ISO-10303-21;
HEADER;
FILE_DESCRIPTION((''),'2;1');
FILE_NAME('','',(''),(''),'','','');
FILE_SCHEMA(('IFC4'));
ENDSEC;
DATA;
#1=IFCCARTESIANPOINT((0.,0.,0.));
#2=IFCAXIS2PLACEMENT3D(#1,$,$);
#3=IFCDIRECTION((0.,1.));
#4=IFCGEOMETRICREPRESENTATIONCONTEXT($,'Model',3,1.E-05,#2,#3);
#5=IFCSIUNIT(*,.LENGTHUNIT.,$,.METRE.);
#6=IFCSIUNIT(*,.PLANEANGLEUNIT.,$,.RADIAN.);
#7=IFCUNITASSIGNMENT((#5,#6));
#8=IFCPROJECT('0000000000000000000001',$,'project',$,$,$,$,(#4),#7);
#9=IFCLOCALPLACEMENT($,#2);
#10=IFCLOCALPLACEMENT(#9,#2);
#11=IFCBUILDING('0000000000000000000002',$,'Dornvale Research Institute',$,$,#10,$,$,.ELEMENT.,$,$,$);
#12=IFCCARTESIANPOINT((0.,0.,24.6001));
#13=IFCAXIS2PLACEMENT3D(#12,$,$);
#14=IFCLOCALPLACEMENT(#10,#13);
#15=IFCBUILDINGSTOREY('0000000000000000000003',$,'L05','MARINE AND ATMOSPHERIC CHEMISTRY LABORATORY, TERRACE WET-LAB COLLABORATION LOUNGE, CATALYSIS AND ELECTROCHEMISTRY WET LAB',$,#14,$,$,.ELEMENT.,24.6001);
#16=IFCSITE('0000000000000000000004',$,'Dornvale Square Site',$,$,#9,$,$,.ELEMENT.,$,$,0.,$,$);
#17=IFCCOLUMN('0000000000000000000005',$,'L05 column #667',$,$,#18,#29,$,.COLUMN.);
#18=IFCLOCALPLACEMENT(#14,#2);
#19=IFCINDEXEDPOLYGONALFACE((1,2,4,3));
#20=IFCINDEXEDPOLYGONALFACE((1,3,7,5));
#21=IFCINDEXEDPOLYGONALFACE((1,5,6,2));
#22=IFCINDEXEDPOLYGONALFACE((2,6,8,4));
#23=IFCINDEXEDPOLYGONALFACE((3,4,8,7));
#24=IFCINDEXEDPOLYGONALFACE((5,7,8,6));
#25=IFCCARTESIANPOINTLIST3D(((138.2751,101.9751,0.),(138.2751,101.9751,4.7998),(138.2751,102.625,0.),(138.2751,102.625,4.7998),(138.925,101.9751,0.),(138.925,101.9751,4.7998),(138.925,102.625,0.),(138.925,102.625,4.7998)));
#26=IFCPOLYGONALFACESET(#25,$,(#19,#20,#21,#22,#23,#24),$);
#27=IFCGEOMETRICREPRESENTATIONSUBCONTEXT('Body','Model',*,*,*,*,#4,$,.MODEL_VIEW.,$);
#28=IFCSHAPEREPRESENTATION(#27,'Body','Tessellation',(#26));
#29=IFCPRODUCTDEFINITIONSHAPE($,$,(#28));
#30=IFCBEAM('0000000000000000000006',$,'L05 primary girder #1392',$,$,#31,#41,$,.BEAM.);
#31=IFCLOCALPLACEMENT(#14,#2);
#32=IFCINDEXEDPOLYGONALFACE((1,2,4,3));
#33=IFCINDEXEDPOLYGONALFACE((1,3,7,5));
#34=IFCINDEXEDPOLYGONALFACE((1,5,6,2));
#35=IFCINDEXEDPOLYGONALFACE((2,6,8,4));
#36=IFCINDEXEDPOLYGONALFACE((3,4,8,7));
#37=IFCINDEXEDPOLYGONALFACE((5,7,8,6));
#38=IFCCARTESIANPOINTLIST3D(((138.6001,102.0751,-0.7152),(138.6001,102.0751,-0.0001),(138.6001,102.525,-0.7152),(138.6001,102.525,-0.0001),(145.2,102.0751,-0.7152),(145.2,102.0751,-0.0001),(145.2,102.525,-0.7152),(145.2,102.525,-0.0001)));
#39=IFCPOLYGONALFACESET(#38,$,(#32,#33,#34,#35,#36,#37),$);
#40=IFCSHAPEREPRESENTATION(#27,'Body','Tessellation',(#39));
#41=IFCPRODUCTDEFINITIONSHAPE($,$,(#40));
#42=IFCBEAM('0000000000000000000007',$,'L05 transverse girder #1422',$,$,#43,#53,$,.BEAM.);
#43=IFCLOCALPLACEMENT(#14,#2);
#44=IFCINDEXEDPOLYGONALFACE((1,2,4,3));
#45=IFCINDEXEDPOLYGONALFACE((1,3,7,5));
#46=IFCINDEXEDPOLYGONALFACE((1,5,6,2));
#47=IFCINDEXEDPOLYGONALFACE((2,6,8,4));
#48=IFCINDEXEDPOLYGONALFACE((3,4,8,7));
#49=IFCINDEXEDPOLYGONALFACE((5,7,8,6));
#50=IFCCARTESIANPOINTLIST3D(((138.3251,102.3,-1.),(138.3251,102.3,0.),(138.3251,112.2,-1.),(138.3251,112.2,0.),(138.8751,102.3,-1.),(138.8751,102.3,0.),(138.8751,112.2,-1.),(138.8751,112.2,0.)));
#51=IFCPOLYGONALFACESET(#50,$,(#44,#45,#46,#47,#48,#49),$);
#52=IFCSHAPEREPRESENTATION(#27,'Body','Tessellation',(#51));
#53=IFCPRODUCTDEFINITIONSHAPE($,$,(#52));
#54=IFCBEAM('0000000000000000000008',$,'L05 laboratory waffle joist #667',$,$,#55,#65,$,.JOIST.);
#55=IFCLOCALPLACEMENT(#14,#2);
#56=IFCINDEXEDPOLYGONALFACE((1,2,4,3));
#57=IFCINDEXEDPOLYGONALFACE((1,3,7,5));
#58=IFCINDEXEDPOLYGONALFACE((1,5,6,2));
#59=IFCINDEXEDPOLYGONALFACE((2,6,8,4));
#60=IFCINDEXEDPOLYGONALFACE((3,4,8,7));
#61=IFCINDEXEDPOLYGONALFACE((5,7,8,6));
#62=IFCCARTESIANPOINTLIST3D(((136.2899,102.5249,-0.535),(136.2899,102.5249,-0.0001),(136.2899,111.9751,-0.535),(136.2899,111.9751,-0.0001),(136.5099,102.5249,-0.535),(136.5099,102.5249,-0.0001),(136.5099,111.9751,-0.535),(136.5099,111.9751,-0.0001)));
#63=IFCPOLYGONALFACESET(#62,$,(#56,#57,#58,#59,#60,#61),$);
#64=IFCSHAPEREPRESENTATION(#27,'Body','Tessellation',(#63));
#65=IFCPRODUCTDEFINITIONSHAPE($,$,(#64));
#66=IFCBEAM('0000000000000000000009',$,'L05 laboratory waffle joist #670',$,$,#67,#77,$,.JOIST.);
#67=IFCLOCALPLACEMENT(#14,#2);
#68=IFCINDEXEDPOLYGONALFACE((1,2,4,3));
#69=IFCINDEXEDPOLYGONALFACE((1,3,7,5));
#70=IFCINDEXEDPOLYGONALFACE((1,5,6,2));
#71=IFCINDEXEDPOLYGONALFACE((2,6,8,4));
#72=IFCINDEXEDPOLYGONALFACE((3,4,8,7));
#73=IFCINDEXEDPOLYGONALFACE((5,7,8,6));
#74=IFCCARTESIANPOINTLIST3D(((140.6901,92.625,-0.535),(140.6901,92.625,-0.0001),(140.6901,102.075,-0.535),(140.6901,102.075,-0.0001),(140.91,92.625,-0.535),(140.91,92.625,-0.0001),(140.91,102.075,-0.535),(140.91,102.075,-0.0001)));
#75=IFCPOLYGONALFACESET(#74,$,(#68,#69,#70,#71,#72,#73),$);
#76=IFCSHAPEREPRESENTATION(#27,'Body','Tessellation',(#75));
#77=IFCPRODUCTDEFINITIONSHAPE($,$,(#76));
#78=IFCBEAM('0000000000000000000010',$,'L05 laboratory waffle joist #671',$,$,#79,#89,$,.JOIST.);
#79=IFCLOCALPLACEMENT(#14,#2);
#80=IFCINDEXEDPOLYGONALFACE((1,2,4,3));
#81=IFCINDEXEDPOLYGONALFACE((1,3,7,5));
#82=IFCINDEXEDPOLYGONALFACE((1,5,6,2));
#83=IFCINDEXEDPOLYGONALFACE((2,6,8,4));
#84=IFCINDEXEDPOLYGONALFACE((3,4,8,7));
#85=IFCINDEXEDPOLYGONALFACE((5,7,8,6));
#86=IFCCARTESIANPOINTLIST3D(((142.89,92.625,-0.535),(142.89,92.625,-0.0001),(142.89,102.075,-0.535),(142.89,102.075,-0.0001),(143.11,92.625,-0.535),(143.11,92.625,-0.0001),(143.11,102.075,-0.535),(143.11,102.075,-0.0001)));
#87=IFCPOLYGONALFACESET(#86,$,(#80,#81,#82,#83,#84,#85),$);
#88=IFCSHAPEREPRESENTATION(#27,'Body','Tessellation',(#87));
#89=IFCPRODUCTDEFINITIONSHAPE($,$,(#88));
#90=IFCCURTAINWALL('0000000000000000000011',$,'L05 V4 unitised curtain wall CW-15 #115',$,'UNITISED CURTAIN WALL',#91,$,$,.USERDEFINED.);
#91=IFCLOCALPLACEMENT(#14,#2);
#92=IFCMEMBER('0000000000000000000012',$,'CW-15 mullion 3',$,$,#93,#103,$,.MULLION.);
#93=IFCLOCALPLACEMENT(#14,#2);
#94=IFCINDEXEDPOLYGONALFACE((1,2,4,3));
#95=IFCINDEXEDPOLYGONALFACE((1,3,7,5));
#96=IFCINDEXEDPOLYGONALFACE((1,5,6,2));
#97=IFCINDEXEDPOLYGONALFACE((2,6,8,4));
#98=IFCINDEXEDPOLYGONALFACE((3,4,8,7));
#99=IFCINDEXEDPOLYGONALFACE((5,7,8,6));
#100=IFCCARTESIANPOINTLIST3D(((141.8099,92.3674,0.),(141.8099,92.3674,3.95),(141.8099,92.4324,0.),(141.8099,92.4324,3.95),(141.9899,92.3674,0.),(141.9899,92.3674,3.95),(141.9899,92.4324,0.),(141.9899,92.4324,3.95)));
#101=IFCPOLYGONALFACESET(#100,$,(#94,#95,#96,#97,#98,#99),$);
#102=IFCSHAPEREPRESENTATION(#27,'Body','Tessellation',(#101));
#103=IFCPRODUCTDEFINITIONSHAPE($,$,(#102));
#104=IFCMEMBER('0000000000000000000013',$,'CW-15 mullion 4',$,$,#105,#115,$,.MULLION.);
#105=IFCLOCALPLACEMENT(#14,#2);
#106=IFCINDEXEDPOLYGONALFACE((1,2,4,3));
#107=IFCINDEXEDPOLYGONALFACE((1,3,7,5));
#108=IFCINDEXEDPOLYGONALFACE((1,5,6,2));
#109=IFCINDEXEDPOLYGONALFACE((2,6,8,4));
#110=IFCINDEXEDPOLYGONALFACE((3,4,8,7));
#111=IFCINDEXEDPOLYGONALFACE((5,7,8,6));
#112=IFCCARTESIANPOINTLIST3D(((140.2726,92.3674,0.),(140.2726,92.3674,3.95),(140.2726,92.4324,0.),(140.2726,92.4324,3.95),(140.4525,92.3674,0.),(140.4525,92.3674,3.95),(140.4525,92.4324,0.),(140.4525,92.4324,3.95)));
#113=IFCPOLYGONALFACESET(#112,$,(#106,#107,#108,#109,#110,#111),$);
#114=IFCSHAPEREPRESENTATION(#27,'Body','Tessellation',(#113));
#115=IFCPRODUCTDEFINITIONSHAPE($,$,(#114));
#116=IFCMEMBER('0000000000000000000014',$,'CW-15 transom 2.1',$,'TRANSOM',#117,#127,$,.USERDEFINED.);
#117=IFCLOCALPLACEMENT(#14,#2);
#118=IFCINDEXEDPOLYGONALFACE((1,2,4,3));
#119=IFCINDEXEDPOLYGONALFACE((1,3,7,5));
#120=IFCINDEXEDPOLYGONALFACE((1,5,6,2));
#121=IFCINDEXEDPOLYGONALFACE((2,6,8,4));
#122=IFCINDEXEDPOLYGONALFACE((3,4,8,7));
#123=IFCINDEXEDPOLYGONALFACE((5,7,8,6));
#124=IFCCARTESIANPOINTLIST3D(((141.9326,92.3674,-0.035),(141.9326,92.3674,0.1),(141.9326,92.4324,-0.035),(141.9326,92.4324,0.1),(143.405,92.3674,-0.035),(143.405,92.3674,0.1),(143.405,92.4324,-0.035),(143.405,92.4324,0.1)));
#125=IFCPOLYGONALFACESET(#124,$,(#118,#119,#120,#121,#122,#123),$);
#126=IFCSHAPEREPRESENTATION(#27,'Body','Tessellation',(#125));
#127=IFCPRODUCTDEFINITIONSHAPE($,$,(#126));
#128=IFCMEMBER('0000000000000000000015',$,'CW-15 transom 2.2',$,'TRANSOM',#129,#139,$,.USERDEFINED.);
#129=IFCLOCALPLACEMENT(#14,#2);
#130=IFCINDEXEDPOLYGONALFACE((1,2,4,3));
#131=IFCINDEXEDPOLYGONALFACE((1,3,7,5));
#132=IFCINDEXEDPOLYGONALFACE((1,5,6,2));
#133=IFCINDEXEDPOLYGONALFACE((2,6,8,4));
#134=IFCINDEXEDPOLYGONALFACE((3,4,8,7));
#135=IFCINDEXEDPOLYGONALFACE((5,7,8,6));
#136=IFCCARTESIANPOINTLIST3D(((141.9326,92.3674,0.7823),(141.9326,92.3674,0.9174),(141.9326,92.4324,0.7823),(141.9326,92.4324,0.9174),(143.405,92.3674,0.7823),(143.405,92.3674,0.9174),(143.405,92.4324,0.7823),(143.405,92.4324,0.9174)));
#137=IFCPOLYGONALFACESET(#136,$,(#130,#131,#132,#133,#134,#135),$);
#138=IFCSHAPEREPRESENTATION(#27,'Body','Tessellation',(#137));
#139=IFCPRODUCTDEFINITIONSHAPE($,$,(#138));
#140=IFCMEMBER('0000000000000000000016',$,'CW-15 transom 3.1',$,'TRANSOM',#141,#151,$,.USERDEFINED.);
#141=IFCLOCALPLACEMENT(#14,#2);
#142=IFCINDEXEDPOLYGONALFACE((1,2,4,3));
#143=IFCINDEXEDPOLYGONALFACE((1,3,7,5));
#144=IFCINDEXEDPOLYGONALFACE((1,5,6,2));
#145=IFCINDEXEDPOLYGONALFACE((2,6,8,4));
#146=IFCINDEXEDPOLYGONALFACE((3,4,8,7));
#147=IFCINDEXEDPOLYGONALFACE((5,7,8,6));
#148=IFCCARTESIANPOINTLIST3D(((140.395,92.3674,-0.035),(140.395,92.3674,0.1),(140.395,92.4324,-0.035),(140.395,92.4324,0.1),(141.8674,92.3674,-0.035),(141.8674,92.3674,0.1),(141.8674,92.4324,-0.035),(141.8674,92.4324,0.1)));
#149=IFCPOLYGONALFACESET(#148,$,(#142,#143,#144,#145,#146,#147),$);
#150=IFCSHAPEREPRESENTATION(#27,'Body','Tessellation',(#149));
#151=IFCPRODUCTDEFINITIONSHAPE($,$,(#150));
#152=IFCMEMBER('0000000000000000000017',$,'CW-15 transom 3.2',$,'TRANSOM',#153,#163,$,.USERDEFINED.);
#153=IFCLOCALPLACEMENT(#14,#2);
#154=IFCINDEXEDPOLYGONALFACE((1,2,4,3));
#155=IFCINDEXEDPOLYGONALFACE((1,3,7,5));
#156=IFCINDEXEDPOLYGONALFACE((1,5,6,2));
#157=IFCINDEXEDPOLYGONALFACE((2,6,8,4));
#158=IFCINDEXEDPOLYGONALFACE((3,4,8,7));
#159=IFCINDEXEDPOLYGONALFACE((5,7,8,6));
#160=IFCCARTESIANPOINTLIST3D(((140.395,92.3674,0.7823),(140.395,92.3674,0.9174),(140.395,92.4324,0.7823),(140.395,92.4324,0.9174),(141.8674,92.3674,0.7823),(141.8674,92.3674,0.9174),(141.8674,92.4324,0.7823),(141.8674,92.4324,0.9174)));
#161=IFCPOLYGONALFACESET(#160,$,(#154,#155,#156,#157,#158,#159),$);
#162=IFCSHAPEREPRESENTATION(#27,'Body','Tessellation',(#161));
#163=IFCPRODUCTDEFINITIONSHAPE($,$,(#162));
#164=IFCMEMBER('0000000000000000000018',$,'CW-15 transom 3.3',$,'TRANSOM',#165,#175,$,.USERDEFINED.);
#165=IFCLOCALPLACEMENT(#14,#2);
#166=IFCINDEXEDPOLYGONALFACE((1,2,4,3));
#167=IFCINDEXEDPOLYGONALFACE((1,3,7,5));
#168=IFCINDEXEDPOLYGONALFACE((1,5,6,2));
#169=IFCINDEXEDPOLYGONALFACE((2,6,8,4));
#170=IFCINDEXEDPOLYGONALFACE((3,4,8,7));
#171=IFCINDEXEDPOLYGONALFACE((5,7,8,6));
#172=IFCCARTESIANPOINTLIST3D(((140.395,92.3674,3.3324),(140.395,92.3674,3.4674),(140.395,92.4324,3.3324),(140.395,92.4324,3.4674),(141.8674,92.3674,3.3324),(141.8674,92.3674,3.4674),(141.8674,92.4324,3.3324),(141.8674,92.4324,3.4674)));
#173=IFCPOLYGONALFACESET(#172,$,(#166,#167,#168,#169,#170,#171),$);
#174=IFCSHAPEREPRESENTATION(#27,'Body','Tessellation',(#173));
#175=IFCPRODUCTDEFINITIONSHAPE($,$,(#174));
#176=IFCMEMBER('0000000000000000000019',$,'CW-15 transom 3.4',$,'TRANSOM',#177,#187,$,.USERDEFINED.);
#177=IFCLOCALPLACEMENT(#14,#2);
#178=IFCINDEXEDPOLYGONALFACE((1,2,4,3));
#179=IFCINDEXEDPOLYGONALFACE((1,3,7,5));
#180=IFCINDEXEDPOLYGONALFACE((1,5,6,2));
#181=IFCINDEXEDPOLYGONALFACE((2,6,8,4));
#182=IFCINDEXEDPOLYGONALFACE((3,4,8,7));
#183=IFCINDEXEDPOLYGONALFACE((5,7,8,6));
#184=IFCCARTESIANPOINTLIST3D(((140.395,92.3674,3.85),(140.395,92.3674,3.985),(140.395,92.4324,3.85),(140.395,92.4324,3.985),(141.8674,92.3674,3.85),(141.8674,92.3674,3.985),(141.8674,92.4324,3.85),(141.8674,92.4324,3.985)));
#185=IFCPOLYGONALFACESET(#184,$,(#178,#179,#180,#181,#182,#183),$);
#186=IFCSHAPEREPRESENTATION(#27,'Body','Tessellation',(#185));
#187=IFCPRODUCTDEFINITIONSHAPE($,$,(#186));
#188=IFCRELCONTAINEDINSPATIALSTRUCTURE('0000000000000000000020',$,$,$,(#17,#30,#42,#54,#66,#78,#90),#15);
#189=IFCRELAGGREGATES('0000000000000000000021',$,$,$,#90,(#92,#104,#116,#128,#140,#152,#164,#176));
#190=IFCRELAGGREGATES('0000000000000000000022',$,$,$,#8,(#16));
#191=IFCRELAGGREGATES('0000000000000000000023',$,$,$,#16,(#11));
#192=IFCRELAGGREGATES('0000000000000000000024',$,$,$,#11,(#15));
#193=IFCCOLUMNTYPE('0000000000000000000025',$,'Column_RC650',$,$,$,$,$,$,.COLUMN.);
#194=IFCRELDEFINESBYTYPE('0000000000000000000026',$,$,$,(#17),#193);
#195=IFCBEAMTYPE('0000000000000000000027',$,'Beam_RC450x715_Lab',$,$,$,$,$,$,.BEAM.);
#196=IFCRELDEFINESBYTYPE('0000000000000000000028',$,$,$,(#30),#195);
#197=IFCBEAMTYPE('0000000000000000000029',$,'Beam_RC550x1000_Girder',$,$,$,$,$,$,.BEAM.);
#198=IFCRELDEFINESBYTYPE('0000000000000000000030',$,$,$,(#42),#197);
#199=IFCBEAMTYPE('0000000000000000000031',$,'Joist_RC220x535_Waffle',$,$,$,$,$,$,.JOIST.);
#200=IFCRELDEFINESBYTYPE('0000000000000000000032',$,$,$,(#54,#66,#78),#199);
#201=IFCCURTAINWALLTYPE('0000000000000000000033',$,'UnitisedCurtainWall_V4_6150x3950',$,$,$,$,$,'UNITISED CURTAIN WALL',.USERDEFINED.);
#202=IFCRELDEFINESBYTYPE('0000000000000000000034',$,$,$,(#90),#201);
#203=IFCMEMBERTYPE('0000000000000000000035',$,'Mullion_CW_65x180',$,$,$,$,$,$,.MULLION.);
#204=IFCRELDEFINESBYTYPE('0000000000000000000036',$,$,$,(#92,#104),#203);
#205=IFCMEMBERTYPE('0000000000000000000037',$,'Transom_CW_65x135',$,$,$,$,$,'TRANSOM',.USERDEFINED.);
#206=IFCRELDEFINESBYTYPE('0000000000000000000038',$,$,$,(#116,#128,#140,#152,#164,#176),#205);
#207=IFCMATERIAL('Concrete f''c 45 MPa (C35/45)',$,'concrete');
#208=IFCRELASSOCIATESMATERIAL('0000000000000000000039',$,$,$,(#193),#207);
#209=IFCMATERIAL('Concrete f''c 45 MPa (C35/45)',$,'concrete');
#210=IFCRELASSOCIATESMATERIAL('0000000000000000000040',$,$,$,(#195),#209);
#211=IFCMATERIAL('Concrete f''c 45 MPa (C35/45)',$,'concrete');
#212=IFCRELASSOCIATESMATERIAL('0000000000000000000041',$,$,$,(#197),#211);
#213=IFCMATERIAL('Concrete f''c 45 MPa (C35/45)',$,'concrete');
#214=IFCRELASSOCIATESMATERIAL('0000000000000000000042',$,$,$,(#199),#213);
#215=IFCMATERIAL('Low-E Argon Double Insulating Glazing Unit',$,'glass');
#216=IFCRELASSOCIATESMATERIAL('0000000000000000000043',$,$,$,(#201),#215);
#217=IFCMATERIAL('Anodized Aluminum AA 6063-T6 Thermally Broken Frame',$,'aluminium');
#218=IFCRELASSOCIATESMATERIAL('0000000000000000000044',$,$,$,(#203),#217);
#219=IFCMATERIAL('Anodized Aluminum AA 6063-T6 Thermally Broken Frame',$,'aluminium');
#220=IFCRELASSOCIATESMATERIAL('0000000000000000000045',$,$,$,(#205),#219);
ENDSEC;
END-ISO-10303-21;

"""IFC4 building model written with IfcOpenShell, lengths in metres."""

from ifc_helpers import new_model, si_unit, direction, frame, origin, origin_2d, place, context, subcontext, project, spatial, rectangle, extrude, material, material_profile, profile_set, type_object, element, aggregate, save


model = new_model("IFC4")

# Units and contexts
model_context = context("Model", 3, precision=1e-05, world=origin(), true_north=direction((0.0, 1.0)))
body_context = subcontext(model_context, "Body", "Model", "MODEL_VIEW")
ifc_project = project(units=[si_unit("LENGTHUNIT", "METRE"), si_unit("PLANEANGLEUNIT", "RADIAN")], contexts=[model_context])

# Site, building, storey
site_placement = place(None, origin())
site = spatial("IfcSite", under=ifc_project, at=site_placement, Name="Dornvale Square Site", CompositionType="ELEMENT", RefElevation=0.0)
building_placement = place(site_placement, origin())
building = spatial("IfcBuilding", under=site, at=building_placement, Name="Dornvale Research Institute", CompositionType="ELEMENT")
storey_placement = place(building_placement, frame((0.0, 0.0, 24.6001)))
storey = spatial("IfcBuildingStorey", under=building, at=storey_placement, Name="L05", Description="MARINE AND ATMOSPHERIC CHEMISTRY LABORATORY, TERRACE WET-LAB COLLABORATION LOUNGE, CATALYSIS AND ELECTROCHEMISTRY WET LAB", CompositionType="ELEMENT", Elevation=24.6001)

# Column
ifc_material_1 = material(Name="Concrete f'c 45 MPa (C35/45)", Category="concrete")
ifc_material_profile_1 = material_profile(ifc_material_1, rectangle(XDim=0.6499, YDim=0.6499, at=origin_2d()), Name="RC 650x650")
ifc_profile_set_1 = profile_set([ifc_material_profile_1], Name="Concrete f'c 45 MPa (C35/45)")
column_type = type_object("IfcColumnType", Name="Column_RC650", PredefinedType="COLUMN", material=ifc_profile_set_1)
column_placement = place(storey_placement, frame((138.6001, 102.3, 0.0), z_axis=(0.0, 0.0, 1.0), x_axis=(1.0, 0.0, 0.0)))
element("IfcColumn", 1, at=column_placement, inside=storey, type_object=column_type, Name="L05 column #667", PredefinedType="COLUMN", context=body_context, shape_type="SweptSolid", body=[
    extrude(rectangle(XDim=0.6499, YDim=0.6499, at=origin_2d()), origin(), (0.0, 0.0, 1.0), 4.7998),
])

# Beams
ifc_material_2 = material(Name="Concrete f'c 45 MPa (C35/45)", Category="concrete")
ifc_material_profile_2 = material_profile(ifc_material_2, rectangle(XDim=0.45, YDim=0.7151, at=origin_2d()), Name="RC 450x715")
ifc_profile_set_2 = profile_set([ifc_material_profile_2], Name="Concrete f'c 45 MPa (C35/45)")
beam_type_1 = type_object("IfcBeamType", Name="Beam_RC450x715_Lab", PredefinedType="BEAM", material=ifc_profile_set_2)
beam_1_placement = place(storey_placement, frame((138.6001, 102.3, -0.3577), z_axis=(1.0, 0.0, 0.0), x_axis=(0.0, 1.0, 0.0)))
element("IfcBeam", 2, at=beam_1_placement, inside=storey, type_object=beam_type_1, Name="L05 primary girder #1392", PredefinedType="BEAM", context=body_context, shape_type="SweptSolid", body=[
    extrude(rectangle(XDim=0.45, YDim=0.7151, at=origin_2d()), origin(), (0.0, 0.0, 1.0), 6.5999),
])
ifc_material_3 = material(Name="Concrete f'c 45 MPa (C35/45)", Category="concrete")
ifc_material_profile_3 = material_profile(ifc_material_3, rectangle(XDim=0.55, YDim=1.0, at=origin_2d()), Name="RC 550x1000")
ifc_profile_set_3 = profile_set([ifc_material_profile_3], Name="Concrete f'c 45 MPa (C35/45)")
beam_type_2 = type_object("IfcBeamType", Name="Beam_RC550x1000_Girder", PredefinedType="BEAM", material=ifc_profile_set_3)
beam_2_placement = place(storey_placement, frame((138.6001, 102.3, -0.5), z_axis=(0.0, 1.0, 0.0), x_axis=(-1.0, 0.0, 0.0)))
element("IfcBeam", 3, at=beam_2_placement, inside=storey, type_object=beam_type_2, Name="L05 transverse girder #1422", PredefinedType="BEAM", context=body_context, shape_type="SweptSolid", body=[
    extrude(rectangle(XDim=0.55, YDim=1.0, at=origin_2d()), origin(), (0.0, 0.0, 1.0), 9.8999),
])
ifc_material_4 = material(Name="Concrete f'c 45 MPa (C35/45)", Category="concrete")
ifc_material_profile_4 = material_profile(ifc_material_4, rectangle(XDim=0.22, YDim=0.5349, at=origin_2d()), Name="RC 220x535")
ifc_profile_set_4 = profile_set([ifc_material_profile_4], Name="Concrete f'c 45 MPa (C35/45)")
beam_type_3 = type_object("IfcBeamType", Name="Joist_RC220x535_Waffle", PredefinedType="JOIST", material=ifc_profile_set_4)
beam_3_placement = place(storey_placement, frame((136.3999, 102.5249, -0.2676), z_axis=(0.0, 1.0, 0.0), x_axis=(-1.0, 0.0, 0.0)))
element("IfcBeam", 4, at=beam_3_placement, inside=storey, type_object=beam_type_3, Name="L05 laboratory waffle joist #667", PredefinedType="JOIST", context=body_context, shape_type="SweptSolid", body=[
    extrude(rectangle(XDim=0.22, YDim=0.5349, at=origin_2d()), origin(), (0.0, 0.0, 1.0), 9.4502),
])
for number, where, z_axis, x_axis, name in (
    (5, (140.8, 92.625, -0.2676), (0.0, 1.0, 0.0), (-1.0, 0.0, 0.0), "L05 laboratory waffle joist #670"),
    (6, (143.0, 92.625, -0.2676), (0.0, 1.0, 0.0), (-1.0, 0.0, 0.0), "L05 laboratory waffle joist #671"),
):
    element("IfcBeam", number, at=place(storey_placement, frame(where, z_axis=z_axis, x_axis=x_axis)), inside=storey, type_object=beam_type_3, Name=name, PredefinedType="JOIST", context=body_context, shape_type="SweptSolid", body=[
        extrude(rectangle(XDim=0.22, YDim=0.5349, at=origin_2d()), origin(), (0.0, 0.0, 1.0), 9.45),
    ])

# Curtain wall, members
ifc_material_5 = material(Name="Low-E Argon Double Insulating Glazing Unit", Category="glass")
curtain_wall_type = type_object("IfcCurtainWallType", Name="UnitisedCurtainWall_V4_6150x3950", ElementType="UNITISED CURTAIN WALL", PredefinedType="USERDEFINED", material=ifc_material_5)
curtain_wall_placement = place(storey_placement, origin())
curtain_wall = element("IfcCurtainWall", 7, at=curtain_wall_placement, inside=storey, type_object=curtain_wall_type, Name="L05 V4 unitised curtain wall CW-15 #115", ObjectType="UNITISED CURTAIN WALL", PredefinedType="USERDEFINED")
ifc_material_6 = material(Name="Anodized Aluminum AA 6063-T6 Thermally Broken Frame", Category="aluminium")
ifc_material_profile_5 = material_profile(ifc_material_6, rectangle(XDim=0.0649, YDim=0.1799, at=origin_2d()), Name="ALU MULLION 65x180")
ifc_profile_set_5 = profile_set([ifc_material_profile_5], Name="Anodized Aluminum AA 6063-T6 Thermally Broken Frame")
member_type_1 = type_object("IfcMemberType", Name="Mullion_CW_65x180", PredefinedType="MULLION", material=ifc_profile_set_5)
member_1_placement = place(storey_placement, frame((141.8999, 92.3999, 0.0), z_axis=(0.0, 0.0, 1.0), x_axis=(0.0, -1.0, 0.0)))
member_1 = element("IfcMember", 8, at=member_1_placement, type_object=member_type_1, Name="CW-15 mullion 3", PredefinedType="MULLION", context=body_context, shape_type="SweptSolid", body=[
    extrude(rectangle(XDim=0.0649, YDim=0.1799, at=origin_2d()), origin(), (0.0, 0.0, 1.0), 3.95),
])
member_2_placement = place(storey_placement, frame((140.3625, 92.3999, 0.0), z_axis=(0.0, 0.0, 1.0), x_axis=(0.0, -1.0, 0.0)))
member_2 = element("IfcMember", 9, at=member_2_placement, type_object=member_type_1, Name="CW-15 mullion 4", PredefinedType="MULLION", context=body_context, shape_type="SweptSolid", body=[
    extrude(rectangle(XDim=0.0649, YDim=0.1799, at=origin_2d()), origin(), (0.0, 0.0, 1.0), 3.95),
])
ifc_material_7 = material(Name="Anodized Aluminum AA 6063-T6 Thermally Broken Frame", Category="aluminium")
ifc_material_profile_6 = material_profile(ifc_material_7, rectangle(XDim=0.0649, YDim=0.135, at=origin_2d()), Name="ALU TRANSOM 65x135")
ifc_profile_set_6 = profile_set([ifc_material_profile_6], Name="Anodized Aluminum AA 6063-T6 Thermally Broken Frame")
member_type_2 = type_object("IfcMemberType", Name="Transom_CW_65x135", ElementType="TRANSOM", PredefinedType="USERDEFINED", material=ifc_profile_set_6)
member_3_placement = place(storey_placement, frame((143.405, 92.3999, 0.0325), z_axis=(-1.0, 0.0, 0.0), x_axis=(0.0, -1.0, 0.0)))
member_3 = element("IfcMember", 10, at=member_3_placement, type_object=member_type_2, Name="CW-15 transom 2.1", ObjectType="TRANSOM", PredefinedType="USERDEFINED", context=body_context, shape_type="SweptSolid", body=[
    extrude(rectangle(XDim=0.0649, YDim=0.135, at=origin_2d()), origin(), (0.0, 0.0, 1.0), 1.4724),
])
member_4_placement = place(storey_placement, frame((143.405, 92.3999, 0.8499), z_axis=(-1.0, 0.0, 0.0), x_axis=(0.0, -1.0, 0.0)))
member_4 = element("IfcMember", 11, at=member_4_placement, type_object=member_type_2, Name="CW-15 transom 2.2", ObjectType="TRANSOM", PredefinedType="USERDEFINED", context=body_context, shape_type="SweptSolid", body=[
    extrude(rectangle(XDim=0.0649, YDim=0.135, at=origin_2d()), origin(), (0.0, 0.0, 1.0), 1.4724),
])
member_5_placement = place(storey_placement, frame((141.8674, 92.3999, 0.0325), z_axis=(-1.0, 0.0, 0.0), x_axis=(0.0, -1.0, 0.0)))
member_5 = element("IfcMember", 12, at=member_5_placement, type_object=member_type_2, Name="CW-15 transom 3.1", ObjectType="TRANSOM", PredefinedType="USERDEFINED", context=body_context, shape_type="SweptSolid", body=[
    extrude(rectangle(XDim=0.0649, YDim=0.135, at=origin_2d()), origin(), (0.0, 0.0, 1.0), 1.4724),
])
member_6_placement = place(storey_placement, frame((141.8674, 92.3999, 0.8499), z_axis=(-1.0, 0.0, 0.0), x_axis=(0.0, -1.0, 0.0)))
member_6 = element("IfcMember", 13, at=member_6_placement, type_object=member_type_2, Name="CW-15 transom 3.2", ObjectType="TRANSOM", PredefinedType="USERDEFINED", context=body_context, shape_type="SweptSolid", body=[
    extrude(rectangle(XDim=0.0649, YDim=0.135, at=origin_2d()), origin(), (0.0, 0.0, 1.0), 1.4724),
])
member_7_placement = place(storey_placement, frame((141.8674, 92.3999, 3.3999), z_axis=(-1.0, 0.0, 0.0), x_axis=(0.0, -1.0, 0.0)))
member_7 = element("IfcMember", 14, at=member_7_placement, type_object=member_type_2, Name="CW-15 transom 3.3", ObjectType="TRANSOM", PredefinedType="USERDEFINED", context=body_context, shape_type="SweptSolid", body=[
    extrude(rectangle(XDim=0.0649, YDim=0.135, at=origin_2d()), origin(), (0.0, 0.0, 1.0), 1.4724),
])
member_8_placement = place(storey_placement, frame((141.8674, 92.3999, 3.9175), z_axis=(-1.0, 0.0, 0.0), x_axis=(0.0, -1.0, 0.0)))
member_8 = element("IfcMember", 15, at=member_8_placement, type_object=member_type_2, Name="CW-15 transom 3.4", ObjectType="TRANSOM", PredefinedType="USERDEFINED", context=body_context, shape_type="SweptSolid", body=[
    extrude(rectangle(XDim=0.0649, YDim=0.135, at=origin_2d()), origin(), (0.0, 0.0, 1.0), 1.4724),
])
aggregate(curtain_wall, [member_1, member_2, member_3, member_4, member_5, member_6, member_7, member_8])

save(model, "model.ifc")
